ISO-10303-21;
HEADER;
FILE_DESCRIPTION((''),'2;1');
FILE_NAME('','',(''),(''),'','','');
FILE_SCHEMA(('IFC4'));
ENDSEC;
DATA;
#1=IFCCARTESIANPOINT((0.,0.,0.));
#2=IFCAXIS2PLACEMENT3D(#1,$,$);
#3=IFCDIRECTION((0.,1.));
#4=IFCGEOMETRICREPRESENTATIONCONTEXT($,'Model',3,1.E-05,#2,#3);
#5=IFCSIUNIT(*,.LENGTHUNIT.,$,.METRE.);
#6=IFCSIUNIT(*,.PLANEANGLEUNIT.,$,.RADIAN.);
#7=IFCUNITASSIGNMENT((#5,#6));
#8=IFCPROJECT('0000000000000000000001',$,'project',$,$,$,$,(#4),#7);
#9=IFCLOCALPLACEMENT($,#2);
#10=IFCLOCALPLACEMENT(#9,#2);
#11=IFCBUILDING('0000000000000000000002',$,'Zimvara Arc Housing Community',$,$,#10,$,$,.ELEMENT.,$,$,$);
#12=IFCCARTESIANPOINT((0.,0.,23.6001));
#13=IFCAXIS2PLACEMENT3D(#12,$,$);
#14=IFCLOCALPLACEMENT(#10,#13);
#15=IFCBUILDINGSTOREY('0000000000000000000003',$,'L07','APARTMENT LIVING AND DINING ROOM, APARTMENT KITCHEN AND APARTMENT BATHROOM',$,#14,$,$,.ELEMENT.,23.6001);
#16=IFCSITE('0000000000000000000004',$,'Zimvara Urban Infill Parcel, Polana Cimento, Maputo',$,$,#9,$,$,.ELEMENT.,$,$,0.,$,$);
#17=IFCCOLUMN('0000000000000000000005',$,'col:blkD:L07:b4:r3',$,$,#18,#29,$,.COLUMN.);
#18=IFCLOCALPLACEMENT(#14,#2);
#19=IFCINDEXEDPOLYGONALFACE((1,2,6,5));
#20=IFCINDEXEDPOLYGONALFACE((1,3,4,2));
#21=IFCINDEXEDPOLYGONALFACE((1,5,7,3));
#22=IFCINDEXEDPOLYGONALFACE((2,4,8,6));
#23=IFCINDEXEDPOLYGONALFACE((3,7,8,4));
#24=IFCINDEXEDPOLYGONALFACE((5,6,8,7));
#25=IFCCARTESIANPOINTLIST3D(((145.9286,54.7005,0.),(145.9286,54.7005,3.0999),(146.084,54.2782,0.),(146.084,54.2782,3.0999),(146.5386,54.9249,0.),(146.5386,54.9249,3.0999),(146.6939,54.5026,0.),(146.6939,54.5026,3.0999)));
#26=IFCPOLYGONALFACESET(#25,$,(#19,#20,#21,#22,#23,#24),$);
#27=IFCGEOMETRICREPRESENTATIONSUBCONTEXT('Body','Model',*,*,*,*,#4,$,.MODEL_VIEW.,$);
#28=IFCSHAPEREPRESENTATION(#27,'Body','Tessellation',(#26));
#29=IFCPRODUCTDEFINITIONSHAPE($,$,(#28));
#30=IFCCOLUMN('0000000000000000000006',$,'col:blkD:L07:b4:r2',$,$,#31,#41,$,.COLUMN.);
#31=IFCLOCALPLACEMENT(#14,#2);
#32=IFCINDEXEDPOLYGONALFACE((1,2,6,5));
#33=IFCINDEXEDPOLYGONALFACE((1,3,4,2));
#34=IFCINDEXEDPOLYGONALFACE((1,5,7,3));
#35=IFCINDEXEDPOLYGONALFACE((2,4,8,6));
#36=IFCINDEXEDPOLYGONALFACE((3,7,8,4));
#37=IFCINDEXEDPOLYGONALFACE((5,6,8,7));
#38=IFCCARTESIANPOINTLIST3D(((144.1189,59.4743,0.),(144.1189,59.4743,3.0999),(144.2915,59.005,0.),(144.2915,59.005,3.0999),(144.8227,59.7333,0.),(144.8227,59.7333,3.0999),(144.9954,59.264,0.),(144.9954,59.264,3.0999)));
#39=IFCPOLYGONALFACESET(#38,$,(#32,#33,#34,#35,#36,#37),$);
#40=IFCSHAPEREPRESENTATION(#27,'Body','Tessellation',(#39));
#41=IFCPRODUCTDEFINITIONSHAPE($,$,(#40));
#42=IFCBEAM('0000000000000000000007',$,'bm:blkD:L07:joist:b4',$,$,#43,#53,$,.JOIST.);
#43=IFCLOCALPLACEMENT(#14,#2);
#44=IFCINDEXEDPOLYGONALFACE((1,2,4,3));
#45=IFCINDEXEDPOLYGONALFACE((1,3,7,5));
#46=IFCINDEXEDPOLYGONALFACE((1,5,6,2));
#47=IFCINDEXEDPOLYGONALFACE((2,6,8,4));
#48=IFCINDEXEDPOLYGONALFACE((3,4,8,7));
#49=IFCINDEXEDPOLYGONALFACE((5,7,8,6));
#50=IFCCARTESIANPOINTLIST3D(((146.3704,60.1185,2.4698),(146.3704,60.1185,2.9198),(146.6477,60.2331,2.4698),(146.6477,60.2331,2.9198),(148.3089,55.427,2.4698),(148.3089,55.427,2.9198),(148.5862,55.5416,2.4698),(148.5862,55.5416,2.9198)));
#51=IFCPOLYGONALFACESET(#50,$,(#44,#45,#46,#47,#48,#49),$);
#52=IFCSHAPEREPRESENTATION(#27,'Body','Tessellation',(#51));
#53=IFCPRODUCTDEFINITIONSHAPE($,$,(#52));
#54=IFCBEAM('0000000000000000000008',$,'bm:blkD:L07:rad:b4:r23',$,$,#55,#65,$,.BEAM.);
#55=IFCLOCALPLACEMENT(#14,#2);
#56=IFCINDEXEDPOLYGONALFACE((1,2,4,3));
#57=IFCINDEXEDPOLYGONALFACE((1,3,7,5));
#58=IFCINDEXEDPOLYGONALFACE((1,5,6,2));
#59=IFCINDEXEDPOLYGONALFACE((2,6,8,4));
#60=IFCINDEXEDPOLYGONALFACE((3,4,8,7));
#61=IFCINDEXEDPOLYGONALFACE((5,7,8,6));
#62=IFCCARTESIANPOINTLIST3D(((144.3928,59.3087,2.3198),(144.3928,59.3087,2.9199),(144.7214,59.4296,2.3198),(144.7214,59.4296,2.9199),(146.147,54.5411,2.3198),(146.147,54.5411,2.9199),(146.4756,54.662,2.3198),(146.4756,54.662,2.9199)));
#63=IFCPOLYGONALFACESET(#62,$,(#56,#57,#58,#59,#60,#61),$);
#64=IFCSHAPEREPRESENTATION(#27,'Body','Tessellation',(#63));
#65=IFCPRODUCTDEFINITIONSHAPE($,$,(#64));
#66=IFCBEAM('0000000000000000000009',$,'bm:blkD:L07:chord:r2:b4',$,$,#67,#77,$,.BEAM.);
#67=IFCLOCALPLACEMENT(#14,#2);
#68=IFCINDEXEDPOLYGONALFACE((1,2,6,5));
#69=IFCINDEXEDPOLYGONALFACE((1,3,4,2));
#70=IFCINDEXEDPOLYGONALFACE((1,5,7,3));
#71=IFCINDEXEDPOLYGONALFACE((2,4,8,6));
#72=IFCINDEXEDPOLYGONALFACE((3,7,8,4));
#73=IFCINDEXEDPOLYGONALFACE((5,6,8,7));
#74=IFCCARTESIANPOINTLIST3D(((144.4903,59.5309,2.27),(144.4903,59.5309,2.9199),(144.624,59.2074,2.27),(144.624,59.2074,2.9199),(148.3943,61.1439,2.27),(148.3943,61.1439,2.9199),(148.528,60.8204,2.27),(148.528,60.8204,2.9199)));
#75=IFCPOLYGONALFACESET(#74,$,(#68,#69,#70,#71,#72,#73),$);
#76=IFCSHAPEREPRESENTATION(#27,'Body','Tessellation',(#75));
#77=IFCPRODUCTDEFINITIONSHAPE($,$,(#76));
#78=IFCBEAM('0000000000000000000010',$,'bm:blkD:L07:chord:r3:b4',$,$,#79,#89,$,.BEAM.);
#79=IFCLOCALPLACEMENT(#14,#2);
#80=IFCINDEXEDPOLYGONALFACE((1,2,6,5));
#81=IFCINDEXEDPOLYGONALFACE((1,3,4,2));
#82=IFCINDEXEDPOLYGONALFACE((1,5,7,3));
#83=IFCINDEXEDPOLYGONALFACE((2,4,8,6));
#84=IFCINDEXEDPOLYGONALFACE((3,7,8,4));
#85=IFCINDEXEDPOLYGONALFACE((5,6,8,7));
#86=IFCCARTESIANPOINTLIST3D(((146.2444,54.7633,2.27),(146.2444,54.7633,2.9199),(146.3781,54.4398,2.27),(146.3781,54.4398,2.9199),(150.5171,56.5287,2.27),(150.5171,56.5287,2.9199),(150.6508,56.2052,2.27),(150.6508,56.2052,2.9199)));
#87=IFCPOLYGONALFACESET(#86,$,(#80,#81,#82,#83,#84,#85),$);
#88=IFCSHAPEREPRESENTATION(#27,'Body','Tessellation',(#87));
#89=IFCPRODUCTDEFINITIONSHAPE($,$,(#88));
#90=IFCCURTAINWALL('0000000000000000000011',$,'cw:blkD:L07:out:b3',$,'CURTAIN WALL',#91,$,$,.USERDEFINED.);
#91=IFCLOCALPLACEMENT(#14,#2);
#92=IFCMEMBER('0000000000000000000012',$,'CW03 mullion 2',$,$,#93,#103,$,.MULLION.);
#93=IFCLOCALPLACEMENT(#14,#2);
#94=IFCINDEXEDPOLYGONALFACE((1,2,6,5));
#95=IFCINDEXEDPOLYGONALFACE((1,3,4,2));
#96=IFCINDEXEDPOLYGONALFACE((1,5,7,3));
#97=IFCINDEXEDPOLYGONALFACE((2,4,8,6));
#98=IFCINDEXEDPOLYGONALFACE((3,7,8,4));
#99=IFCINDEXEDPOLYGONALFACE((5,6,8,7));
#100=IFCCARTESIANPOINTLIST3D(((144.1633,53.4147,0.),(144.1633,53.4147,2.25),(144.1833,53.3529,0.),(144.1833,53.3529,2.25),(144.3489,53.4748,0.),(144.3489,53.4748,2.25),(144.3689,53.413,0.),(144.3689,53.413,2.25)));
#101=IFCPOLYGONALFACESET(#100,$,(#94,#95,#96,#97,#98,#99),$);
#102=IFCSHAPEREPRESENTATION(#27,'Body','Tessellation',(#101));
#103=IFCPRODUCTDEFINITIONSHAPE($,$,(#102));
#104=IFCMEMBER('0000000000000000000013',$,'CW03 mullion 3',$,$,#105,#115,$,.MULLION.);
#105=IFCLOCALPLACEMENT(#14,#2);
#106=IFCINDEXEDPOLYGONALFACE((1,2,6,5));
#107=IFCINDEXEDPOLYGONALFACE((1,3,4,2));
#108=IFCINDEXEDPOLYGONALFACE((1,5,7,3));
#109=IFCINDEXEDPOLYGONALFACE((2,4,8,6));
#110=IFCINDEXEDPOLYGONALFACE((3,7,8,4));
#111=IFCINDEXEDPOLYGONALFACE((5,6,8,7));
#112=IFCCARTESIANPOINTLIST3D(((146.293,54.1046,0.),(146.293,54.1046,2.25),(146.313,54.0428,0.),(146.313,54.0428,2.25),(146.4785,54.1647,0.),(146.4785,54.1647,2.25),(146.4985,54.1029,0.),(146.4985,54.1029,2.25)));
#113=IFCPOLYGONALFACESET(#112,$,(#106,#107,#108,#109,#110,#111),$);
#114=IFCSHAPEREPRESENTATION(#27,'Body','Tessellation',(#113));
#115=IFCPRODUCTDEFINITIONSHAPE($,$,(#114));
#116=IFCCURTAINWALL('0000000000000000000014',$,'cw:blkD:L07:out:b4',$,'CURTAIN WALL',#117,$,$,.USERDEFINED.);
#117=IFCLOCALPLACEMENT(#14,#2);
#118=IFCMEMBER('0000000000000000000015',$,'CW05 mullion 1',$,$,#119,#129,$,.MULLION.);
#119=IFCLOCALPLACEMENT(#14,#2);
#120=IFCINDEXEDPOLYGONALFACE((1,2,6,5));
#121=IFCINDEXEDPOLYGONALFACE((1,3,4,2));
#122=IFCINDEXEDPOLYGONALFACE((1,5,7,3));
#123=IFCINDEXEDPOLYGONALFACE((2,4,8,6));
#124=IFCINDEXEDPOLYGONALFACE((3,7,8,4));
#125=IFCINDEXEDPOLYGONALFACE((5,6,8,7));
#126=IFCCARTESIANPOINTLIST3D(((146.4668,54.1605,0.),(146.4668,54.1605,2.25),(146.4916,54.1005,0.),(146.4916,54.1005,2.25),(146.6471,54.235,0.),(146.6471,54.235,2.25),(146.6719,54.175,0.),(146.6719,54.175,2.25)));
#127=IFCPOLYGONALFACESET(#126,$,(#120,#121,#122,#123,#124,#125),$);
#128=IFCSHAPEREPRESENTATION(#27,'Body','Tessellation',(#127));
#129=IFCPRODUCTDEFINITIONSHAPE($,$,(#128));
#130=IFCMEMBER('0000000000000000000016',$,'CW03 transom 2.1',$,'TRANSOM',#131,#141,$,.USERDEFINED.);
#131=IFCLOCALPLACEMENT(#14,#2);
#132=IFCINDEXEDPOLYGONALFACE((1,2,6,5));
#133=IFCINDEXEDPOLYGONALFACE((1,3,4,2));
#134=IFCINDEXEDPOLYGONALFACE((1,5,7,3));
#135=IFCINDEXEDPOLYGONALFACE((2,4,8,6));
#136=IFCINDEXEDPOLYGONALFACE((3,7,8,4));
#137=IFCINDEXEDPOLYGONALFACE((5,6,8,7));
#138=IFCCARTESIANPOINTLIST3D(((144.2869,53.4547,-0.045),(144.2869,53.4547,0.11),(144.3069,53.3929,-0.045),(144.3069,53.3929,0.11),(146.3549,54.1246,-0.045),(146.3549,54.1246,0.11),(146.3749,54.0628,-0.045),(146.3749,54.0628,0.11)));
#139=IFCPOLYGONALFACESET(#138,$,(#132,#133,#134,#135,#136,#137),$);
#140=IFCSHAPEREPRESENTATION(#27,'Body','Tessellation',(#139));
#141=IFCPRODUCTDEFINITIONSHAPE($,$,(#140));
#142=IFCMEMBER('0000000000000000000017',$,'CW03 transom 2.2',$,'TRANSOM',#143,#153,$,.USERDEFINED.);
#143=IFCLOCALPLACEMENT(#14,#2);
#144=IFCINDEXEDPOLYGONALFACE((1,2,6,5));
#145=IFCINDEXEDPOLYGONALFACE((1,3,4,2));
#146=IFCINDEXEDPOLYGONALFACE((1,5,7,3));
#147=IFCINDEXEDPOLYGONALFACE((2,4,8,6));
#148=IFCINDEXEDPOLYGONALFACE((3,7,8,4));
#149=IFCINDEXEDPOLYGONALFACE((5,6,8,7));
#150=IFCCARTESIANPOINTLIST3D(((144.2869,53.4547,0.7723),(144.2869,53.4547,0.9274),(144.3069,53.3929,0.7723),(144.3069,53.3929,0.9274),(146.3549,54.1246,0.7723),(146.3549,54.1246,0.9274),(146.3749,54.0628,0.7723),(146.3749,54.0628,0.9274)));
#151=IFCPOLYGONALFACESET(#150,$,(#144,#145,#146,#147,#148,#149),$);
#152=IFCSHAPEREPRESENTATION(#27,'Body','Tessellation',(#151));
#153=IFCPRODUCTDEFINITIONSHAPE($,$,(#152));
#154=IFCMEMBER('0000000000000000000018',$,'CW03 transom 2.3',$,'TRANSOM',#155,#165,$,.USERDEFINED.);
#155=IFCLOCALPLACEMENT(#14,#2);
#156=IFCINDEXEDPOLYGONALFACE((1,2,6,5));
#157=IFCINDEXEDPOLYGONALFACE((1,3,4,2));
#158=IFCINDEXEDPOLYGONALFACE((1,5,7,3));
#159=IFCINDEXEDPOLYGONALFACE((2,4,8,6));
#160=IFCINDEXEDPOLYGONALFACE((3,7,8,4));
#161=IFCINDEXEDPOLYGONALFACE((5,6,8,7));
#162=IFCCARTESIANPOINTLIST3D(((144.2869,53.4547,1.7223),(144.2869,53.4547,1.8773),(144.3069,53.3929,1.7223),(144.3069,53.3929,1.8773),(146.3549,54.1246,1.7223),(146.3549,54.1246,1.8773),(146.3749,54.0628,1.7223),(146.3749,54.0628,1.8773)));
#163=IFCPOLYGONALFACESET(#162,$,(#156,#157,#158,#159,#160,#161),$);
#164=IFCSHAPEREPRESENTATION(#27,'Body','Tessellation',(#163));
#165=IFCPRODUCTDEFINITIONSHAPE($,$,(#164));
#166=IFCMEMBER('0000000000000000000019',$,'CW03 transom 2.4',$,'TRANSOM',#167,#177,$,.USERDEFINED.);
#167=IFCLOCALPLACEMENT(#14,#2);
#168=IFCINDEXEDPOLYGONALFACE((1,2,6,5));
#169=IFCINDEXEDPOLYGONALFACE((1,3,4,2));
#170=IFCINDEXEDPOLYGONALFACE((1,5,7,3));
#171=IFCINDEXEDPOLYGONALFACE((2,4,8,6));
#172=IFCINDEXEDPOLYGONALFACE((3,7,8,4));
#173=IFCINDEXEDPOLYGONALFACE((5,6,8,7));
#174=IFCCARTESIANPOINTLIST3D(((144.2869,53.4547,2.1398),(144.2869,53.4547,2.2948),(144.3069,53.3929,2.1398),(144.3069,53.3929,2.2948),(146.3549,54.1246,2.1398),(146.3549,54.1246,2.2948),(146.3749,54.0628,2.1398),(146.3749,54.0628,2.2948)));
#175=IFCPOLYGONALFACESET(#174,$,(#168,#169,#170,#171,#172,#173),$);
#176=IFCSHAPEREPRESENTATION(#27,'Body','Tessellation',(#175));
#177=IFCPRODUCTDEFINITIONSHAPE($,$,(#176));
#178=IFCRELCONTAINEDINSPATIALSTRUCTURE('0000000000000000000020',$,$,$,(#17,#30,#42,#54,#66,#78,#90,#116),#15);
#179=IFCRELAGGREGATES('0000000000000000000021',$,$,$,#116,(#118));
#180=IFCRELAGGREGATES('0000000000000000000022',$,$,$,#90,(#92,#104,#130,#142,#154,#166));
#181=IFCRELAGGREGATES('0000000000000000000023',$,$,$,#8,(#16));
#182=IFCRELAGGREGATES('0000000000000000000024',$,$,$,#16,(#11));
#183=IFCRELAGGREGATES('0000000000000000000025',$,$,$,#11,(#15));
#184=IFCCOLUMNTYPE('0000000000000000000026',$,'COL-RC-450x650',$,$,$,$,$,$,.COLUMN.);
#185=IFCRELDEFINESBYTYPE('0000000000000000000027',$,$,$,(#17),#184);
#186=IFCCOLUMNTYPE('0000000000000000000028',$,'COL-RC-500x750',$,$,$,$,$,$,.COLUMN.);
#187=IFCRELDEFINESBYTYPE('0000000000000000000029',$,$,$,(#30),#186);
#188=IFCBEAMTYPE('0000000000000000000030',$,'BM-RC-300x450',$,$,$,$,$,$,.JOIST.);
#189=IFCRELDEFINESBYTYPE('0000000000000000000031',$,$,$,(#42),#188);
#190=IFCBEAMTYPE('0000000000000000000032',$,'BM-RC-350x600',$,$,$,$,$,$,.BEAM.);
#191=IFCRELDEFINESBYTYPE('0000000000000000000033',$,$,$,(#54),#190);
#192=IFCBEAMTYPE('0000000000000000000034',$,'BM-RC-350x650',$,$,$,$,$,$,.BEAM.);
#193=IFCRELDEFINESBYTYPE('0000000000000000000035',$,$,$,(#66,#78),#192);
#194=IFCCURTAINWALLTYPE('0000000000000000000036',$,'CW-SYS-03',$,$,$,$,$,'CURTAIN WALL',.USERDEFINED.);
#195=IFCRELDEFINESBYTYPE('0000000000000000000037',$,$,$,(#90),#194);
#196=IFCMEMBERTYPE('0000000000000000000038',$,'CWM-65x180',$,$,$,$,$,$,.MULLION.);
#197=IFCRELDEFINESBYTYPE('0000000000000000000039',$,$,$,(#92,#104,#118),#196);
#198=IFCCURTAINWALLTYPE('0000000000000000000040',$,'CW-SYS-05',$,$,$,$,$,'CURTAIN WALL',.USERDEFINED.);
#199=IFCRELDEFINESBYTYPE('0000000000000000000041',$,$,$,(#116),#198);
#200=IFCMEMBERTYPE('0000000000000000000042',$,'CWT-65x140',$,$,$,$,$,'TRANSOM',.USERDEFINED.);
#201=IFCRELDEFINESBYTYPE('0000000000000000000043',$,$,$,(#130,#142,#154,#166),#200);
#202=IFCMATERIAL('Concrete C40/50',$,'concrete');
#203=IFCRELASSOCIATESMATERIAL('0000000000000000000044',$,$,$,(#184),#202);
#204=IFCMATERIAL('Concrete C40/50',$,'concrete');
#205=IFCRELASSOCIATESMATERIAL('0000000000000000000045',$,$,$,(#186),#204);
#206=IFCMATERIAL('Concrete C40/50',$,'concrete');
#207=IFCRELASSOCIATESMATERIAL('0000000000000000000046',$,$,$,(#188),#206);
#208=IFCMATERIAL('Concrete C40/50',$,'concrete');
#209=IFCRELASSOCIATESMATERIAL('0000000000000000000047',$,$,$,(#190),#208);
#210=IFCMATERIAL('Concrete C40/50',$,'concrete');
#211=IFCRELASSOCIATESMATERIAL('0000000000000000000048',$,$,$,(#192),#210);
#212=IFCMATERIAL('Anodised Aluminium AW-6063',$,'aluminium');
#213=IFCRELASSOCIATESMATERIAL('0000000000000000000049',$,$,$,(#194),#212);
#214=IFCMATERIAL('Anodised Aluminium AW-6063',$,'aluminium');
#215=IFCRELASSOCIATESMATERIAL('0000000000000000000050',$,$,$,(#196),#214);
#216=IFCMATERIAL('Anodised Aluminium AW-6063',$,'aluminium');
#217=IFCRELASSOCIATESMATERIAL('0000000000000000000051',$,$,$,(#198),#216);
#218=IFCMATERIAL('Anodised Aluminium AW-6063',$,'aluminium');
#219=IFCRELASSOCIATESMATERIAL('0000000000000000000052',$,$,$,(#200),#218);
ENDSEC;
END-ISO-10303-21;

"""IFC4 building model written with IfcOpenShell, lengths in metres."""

from ifc_helpers import new_model, si_unit, direction, frame, origin, origin_2d, place, context, subcontext, project, spatial, rectangle, extrude, material, material_profile, profile_set, type_object, element, aggregate, save


model = new_model("IFC4")

# Units and contexts
model_context = context("Model", 3, precision=1e-05, world=origin(), true_north=direction((0.0, 1.0)))
body_context = subcontext(model_context, "Body", "Model", "MODEL_VIEW")
ifc_project = project(units=[si_unit("LENGTHUNIT", "METRE"), si_unit("PLANEANGLEUNIT", "RADIAN")], contexts=[model_context])

# Site, building, storey
site_placement = place(None, origin())
site = spatial("IfcSite", under=ifc_project, at=site_placement, Name="Zimvara Urban Infill Parcel, Polana Cimento, Maputo", CompositionType="ELEMENT", RefElevation=0.0)
building_placement = place(site_placement, origin())
building = spatial("IfcBuilding", under=site, at=building_placement, Name="Zimvara Arc Housing Community", CompositionType="ELEMENT")
storey_placement = place(building_placement, frame((0.0, 0.0, 23.6001)))
storey = spatial("IfcBuildingStorey", under=building, at=storey_placement, Name="L07", Description="APARTMENT LIVING AND DINING ROOM, APARTMENT KITCHEN AND APARTMENT BATHROOM", CompositionType="ELEMENT", Elevation=23.6001)

# Columns
ifc_material_1 = material(Name="Concrete C40/50", Category="concrete")
ifc_material_profile_1 = material_profile(ifc_material_1, rectangle(XDim=0.45, YDim=0.6499, at=origin_2d()), Name="RC 450x650")
ifc_profile_set_1 = profile_set([ifc_material_profile_1], Name="Concrete C40/50")
column_type_1 = type_object("IfcColumnType", Name="COL-RC-450x650", PredefinedType="COLUMN", material=ifc_profile_set_1)
column_1_placement = place(storey_placement, frame((146.3113, 54.6016, 0.0), z_axis=(0.0, 0.0, 1.0), x_axis=(0.345298, -0.938493, 0.0)))
element("IfcColumn", 1, at=column_1_placement, inside=storey, type_object=column_type_1, Name="col:blkD:L07:b4:r3", PredefinedType="COLUMN", context=body_context, shape_type="SweptSolid", body=[
    extrude(rectangle(XDim=0.45, YDim=0.6499, at=origin_2d()), origin(), (0.0, 0.0, 1.0), 3.0999),
])
ifc_material_2 = material(Name="Concrete C40/50", Category="concrete")
ifc_material_profile_2 = material_profile(ifc_material_2, rectangle(XDim=0.5, YDim=0.75, at=origin_2d()), Name="RC 500x750")
ifc_profile_set_2 = profile_set([ifc_material_profile_2], Name="Concrete C40/50")
column_type_2 = type_object("IfcColumnType", Name="COL-RC-500x750", PredefinedType="COLUMN", material=ifc_profile_set_2)
column_2_placement = place(storey_placement, frame((144.5571, 59.3691, 0.0), z_axis=(0.0, 0.0, 1.0), x_axis=(0.345298, -0.938493, 0.0)))
element("IfcColumn", 2, at=column_2_placement, inside=storey, type_object=column_type_2, Name="col:blkD:L07:b4:r2", PredefinedType="COLUMN", context=body_context, shape_type="SweptSolid", body=[
    extrude(rectangle(XDim=0.5, YDim=0.75, at=origin_2d()), origin(), (0.0, 0.0, 1.0), 3.0999),
])

# Beams
ifc_material_3 = material(Name="Concrete C40/50", Category="concrete")
ifc_material_profile_3 = material_profile(ifc_material_3, rectangle(XDim=0.3, YDim=0.45, at=origin_2d()), Name="RC 300x450")
ifc_profile_set_3 = profile_set([ifc_material_profile_3], Name="Concrete C40/50")
beam_type_1 = type_object("IfcBeamType", Name="BM-RC-300x450", PredefinedType="JOIST", material=ifc_profile_set_3)
beam_1_placement = place(storey_placement, frame((146.509, 60.1758, 2.6948), z_axis=(0.381882, -0.924211, 0.0), x_axis=(0.924211, 0.381882, 0.0)))
element("IfcBeam", 3, at=beam_1_placement, inside=storey, type_object=beam_type_1, Name="bm:blkD:L07:joist:b4", PredefinedType="JOIST", context=body_context, shape_type="SweptSolid", body=[
    extrude(rectangle(XDim=0.3, YDim=0.45, at=origin_2d()), origin(), (0.0, 0.0, 1.0), 5.0762),
])
ifc_material_4 = material(Name="Concrete C40/50", Category="concrete")
ifc_material_profile_4 = material_profile(ifc_material_4, rectangle(XDim=0.3501, YDim=0.6001, at=origin_2d()), Name="RC 350x600")
ifc_profile_set_4 = profile_set([ifc_material_profile_4], Name="Concrete C40/50")
beam_type_2 = type_object("IfcBeamType", Name="BM-RC-350x600", PredefinedType="BEAM", material=ifc_profile_set_4)
beam_2_placement = place(storey_placement, frame((144.5571, 59.3691, 2.6199), z_axis=(0.345302, -0.938492, 0.0), x_axis=(0.938492, 0.345302, 0.0)))
element("IfcBeam", 4, at=beam_2_placement, inside=storey, type_object=beam_type_2, Name="bm:blkD:L07:rad:b4:r23", PredefinedType="BEAM", context=body_context, shape_type="SweptSolid", body=[
    extrude(rectangle(XDim=0.3501, YDim=0.6001, at=origin_2d()), origin(), (0.0, 0.0, 1.0), 5.0801),
])
ifc_material_5 = material(Name="Concrete C40/50", Category="concrete")
ifc_material_profile_5 = material_profile(ifc_material_5, rectangle(XDim=0.3501, YDim=0.6499, at=origin_2d()), Name="RC 350x650")
ifc_profile_set_5 = profile_set([ifc_material_profile_5], Name="Concrete C40/50")
beam_type_3 = type_object("IfcBeamType", Name="BM-RC-350x650", PredefinedType="BEAM", material=ifc_profile_set_5)
beam_3_placement = place(storey_placement, frame((144.5571, 59.3691, 2.595), z_axis=(0.92422, 0.38186, 0.0), x_axis=(-0.38186, 0.92422, 0.0)))
element("IfcBeam", 5, at=beam_3_placement, inside=storey, type_object=beam_type_3, Name="bm:blkD:L07:chord:r2:b4", PredefinedType="BEAM", context=body_context, shape_type="SweptSolid", body=[
    extrude(rectangle(XDim=0.3501, YDim=0.6499, at=origin_2d()), origin(), (0.0, 0.0, 1.0), 4.2241),
])
beam_4_placement = place(storey_placement, frame((146.3113, 54.6016, 2.595), z_axis=(0.924218, 0.381865, 0.0), x_axis=(-0.381865, 0.924218, 0.0)))
element("IfcBeam", 6, at=beam_4_placement, inside=storey, type_object=beam_type_3, Name="bm:blkD:L07:chord:r3:b4", PredefinedType="BEAM", context=body_context, shape_type="SweptSolid", body=[
    extrude(rectangle(XDim=0.3501, YDim=0.6499, at=origin_2d()), origin(), (0.0, 0.0, 1.0), 4.623),
])

# Curtain wall, members
ifc_material_6 = material(Name="Anodised Aluminium AW-6063", Category="aluminium")
curtain_wall_type_1 = type_object("IfcCurtainWallType", Name="CW-SYS-03", ElementType="CURTAIN WALL", PredefinedType="USERDEFINED", material=ifc_material_6)
curtain_wall_1_placement = place(storey_placement, origin())
curtain_wall_1 = element("IfcCurtainWall", 7, at=curtain_wall_1_placement, inside=storey, type_object=curtain_wall_type_1, Name="cw:blkD:L07:out:b3", ObjectType="CURTAIN WALL", PredefinedType="USERDEFINED")
ifc_material_7 = material(Name="Anodised Aluminium AW-6063", Category="aluminium")
ifc_material_profile_6 = material_profile(ifc_material_7, rectangle(XDim=0.0649, YDim=0.1951, at=origin_2d()), Name="ALU 65x195")
ifc_profile_set_6 = profile_set([ifc_material_profile_6], Name="Anodised Aluminium AW-6063")
member_type_1 = type_object("IfcMemberType", Name="CWM-65x180", PredefinedType="MULLION", material=ifc_profile_set_6)
member_1_placement = place(storey_placement, frame((144.2661, 53.4138, 0.0), z_axis=(0.0, 0.0, 1.0), x_axis=(-0.308185, 0.951326, 0.0)))
member_1 = element("IfcMember", 8, at=member_1_placement, type_object=member_type_1, Name="CW03 mullion 2", PredefinedType="MULLION", context=body_context, shape_type="SweptSolid", body=[
    extrude(rectangle(XDim=0.0649, YDim=0.1951, at=origin_2d()), origin(), (0.0, 0.0, 1.0), 2.25),
])
member_2_placement = place(storey_placement, frame((146.3958, 54.1038, 0.0), z_axis=(0.0, 0.0, 1.0), x_axis=(-0.308185, 0.951326, 0.0)))
member_2 = element("IfcMember", 9, at=member_2_placement, type_object=member_type_1, Name="CW03 mullion 3", PredefinedType="MULLION", context=body_context, shape_type="SweptSolid", body=[
    extrude(rectangle(XDim=0.0649, YDim=0.1951, at=origin_2d()), origin(), (0.0, 0.0, 1.0), 2.25),
])

# Curtain wall, member
ifc_material_8 = material(Name="Anodised Aluminium AW-6063", Category="aluminium")
curtain_wall_type_2 = type_object("IfcCurtainWallType", Name="CW-SYS-05", ElementType="CURTAIN WALL", PredefinedType="USERDEFINED", material=ifc_material_8)
curtain_wall_2_placement = place(storey_placement, origin())
curtain_wall_2 = element("IfcCurtainWall", 10, at=curtain_wall_2_placement, inside=storey, type_object=curtain_wall_type_2, Name="cw:blkD:L07:out:b4", ObjectType="CURTAIN WALL", PredefinedType="USERDEFINED")
member_3_placement = place(storey_placement, frame((146.5693, 54.1677, 0.0), z_axis=(0.0, 0.0, 1.0), x_axis=(-0.381876, 0.924213, 0.0)))
member_3 = element("IfcMember", 11, at=member_3_placement, type_object=member_type_1, Name="CW05 mullion 1", PredefinedType="MULLION", context=body_context, shape_type="SweptSolid", body=[
    extrude(rectangle(XDim=0.0649, YDim=0.1951, at=origin_2d()), origin(), (0.0, 0.0, 1.0), 2.25),
])

# Members
ifc_material_9 = material(Name="Anodised Aluminium AW-6063", Category="aluminium")
ifc_material_profile_7 = material_profile(ifc_material_9, rectangle(XDim=0.0649, YDim=0.155, at=origin_2d()), Name="ALU 65x155")
ifc_profile_set_7 = profile_set([ifc_material_profile_7], Name="Anodised Aluminium AW-6063")
member_type_2 = type_object("IfcMemberType", Name="CWT-65x140", ElementType="TRANSOM", PredefinedType="USERDEFINED", material=ifc_profile_set_7)
member_4_placement = place(storey_placement, frame((144.2969, 53.4238, 0.0325), z_axis=(0.951333, 0.308164, 0.0), x_axis=(-0.308164, 0.951333, 0.0)))
member_4 = element("IfcMember", 12, at=member_4_placement, type_object=member_type_2, Name="CW03 transom 2.1", ObjectType="TRANSOM", PredefinedType="USERDEFINED", context=body_context, shape_type="SweptSolid", body=[
    extrude(rectangle(XDim=0.0649, YDim=0.155, at=origin_2d()), origin(), (0.0, 0.0, 1.0), 2.1738),
])
member_5_placement = place(storey_placement, frame((144.2969, 53.4238, 0.8499), z_axis=(0.951333, 0.308164, 0.0), x_axis=(-0.308164, 0.951333, 0.0)))
member_5 = element("IfcMember", 13, at=member_5_placement, type_object=member_type_2, Name="CW03 transom 2.2", ObjectType="TRANSOM", PredefinedType="USERDEFINED", context=body_context, shape_type="SweptSolid", body=[
    extrude(rectangle(XDim=0.0649, YDim=0.155, at=origin_2d()), origin(), (0.0, 0.0, 1.0), 2.1738),
])
member_6_placement = place(storey_placement, frame((144.2969, 53.4238, 1.7998), z_axis=(0.951333, 0.308164, 0.0), x_axis=(-0.308164, 0.951333, 0.0)))
member_6 = element("IfcMember", 14, at=member_6_placement, type_object=member_type_2, Name="CW03 transom 2.3", ObjectType="TRANSOM", PredefinedType="USERDEFINED", context=body_context, shape_type="SweptSolid", body=[
    extrude(rectangle(XDim=0.0649, YDim=0.155, at=origin_2d()), origin(), (0.0, 0.0, 1.0), 2.1738),
])
member_7_placement = place(storey_placement, frame((144.2969, 53.4238, 2.2173), z_axis=(0.951333, 0.308164, 0.0), x_axis=(-0.308164, 0.951333, 0.0)))
member_7 = element("IfcMember", 15, at=member_7_placement, type_object=member_type_2, Name="CW03 transom 2.4", ObjectType="TRANSOM", PredefinedType="USERDEFINED", context=body_context, shape_type="SweptSolid", body=[
    extrude(rectangle(XDim=0.0649, YDim=0.155, at=origin_2d()), origin(), (0.0, 0.0, 1.0), 2.1738),
])
aggregate(curtain_wall_2, [member_3])

aggregate(curtain_wall_1, [member_1, member_2, member_4, member_5, member_6, member_7])

save(model, "model.ifc")
